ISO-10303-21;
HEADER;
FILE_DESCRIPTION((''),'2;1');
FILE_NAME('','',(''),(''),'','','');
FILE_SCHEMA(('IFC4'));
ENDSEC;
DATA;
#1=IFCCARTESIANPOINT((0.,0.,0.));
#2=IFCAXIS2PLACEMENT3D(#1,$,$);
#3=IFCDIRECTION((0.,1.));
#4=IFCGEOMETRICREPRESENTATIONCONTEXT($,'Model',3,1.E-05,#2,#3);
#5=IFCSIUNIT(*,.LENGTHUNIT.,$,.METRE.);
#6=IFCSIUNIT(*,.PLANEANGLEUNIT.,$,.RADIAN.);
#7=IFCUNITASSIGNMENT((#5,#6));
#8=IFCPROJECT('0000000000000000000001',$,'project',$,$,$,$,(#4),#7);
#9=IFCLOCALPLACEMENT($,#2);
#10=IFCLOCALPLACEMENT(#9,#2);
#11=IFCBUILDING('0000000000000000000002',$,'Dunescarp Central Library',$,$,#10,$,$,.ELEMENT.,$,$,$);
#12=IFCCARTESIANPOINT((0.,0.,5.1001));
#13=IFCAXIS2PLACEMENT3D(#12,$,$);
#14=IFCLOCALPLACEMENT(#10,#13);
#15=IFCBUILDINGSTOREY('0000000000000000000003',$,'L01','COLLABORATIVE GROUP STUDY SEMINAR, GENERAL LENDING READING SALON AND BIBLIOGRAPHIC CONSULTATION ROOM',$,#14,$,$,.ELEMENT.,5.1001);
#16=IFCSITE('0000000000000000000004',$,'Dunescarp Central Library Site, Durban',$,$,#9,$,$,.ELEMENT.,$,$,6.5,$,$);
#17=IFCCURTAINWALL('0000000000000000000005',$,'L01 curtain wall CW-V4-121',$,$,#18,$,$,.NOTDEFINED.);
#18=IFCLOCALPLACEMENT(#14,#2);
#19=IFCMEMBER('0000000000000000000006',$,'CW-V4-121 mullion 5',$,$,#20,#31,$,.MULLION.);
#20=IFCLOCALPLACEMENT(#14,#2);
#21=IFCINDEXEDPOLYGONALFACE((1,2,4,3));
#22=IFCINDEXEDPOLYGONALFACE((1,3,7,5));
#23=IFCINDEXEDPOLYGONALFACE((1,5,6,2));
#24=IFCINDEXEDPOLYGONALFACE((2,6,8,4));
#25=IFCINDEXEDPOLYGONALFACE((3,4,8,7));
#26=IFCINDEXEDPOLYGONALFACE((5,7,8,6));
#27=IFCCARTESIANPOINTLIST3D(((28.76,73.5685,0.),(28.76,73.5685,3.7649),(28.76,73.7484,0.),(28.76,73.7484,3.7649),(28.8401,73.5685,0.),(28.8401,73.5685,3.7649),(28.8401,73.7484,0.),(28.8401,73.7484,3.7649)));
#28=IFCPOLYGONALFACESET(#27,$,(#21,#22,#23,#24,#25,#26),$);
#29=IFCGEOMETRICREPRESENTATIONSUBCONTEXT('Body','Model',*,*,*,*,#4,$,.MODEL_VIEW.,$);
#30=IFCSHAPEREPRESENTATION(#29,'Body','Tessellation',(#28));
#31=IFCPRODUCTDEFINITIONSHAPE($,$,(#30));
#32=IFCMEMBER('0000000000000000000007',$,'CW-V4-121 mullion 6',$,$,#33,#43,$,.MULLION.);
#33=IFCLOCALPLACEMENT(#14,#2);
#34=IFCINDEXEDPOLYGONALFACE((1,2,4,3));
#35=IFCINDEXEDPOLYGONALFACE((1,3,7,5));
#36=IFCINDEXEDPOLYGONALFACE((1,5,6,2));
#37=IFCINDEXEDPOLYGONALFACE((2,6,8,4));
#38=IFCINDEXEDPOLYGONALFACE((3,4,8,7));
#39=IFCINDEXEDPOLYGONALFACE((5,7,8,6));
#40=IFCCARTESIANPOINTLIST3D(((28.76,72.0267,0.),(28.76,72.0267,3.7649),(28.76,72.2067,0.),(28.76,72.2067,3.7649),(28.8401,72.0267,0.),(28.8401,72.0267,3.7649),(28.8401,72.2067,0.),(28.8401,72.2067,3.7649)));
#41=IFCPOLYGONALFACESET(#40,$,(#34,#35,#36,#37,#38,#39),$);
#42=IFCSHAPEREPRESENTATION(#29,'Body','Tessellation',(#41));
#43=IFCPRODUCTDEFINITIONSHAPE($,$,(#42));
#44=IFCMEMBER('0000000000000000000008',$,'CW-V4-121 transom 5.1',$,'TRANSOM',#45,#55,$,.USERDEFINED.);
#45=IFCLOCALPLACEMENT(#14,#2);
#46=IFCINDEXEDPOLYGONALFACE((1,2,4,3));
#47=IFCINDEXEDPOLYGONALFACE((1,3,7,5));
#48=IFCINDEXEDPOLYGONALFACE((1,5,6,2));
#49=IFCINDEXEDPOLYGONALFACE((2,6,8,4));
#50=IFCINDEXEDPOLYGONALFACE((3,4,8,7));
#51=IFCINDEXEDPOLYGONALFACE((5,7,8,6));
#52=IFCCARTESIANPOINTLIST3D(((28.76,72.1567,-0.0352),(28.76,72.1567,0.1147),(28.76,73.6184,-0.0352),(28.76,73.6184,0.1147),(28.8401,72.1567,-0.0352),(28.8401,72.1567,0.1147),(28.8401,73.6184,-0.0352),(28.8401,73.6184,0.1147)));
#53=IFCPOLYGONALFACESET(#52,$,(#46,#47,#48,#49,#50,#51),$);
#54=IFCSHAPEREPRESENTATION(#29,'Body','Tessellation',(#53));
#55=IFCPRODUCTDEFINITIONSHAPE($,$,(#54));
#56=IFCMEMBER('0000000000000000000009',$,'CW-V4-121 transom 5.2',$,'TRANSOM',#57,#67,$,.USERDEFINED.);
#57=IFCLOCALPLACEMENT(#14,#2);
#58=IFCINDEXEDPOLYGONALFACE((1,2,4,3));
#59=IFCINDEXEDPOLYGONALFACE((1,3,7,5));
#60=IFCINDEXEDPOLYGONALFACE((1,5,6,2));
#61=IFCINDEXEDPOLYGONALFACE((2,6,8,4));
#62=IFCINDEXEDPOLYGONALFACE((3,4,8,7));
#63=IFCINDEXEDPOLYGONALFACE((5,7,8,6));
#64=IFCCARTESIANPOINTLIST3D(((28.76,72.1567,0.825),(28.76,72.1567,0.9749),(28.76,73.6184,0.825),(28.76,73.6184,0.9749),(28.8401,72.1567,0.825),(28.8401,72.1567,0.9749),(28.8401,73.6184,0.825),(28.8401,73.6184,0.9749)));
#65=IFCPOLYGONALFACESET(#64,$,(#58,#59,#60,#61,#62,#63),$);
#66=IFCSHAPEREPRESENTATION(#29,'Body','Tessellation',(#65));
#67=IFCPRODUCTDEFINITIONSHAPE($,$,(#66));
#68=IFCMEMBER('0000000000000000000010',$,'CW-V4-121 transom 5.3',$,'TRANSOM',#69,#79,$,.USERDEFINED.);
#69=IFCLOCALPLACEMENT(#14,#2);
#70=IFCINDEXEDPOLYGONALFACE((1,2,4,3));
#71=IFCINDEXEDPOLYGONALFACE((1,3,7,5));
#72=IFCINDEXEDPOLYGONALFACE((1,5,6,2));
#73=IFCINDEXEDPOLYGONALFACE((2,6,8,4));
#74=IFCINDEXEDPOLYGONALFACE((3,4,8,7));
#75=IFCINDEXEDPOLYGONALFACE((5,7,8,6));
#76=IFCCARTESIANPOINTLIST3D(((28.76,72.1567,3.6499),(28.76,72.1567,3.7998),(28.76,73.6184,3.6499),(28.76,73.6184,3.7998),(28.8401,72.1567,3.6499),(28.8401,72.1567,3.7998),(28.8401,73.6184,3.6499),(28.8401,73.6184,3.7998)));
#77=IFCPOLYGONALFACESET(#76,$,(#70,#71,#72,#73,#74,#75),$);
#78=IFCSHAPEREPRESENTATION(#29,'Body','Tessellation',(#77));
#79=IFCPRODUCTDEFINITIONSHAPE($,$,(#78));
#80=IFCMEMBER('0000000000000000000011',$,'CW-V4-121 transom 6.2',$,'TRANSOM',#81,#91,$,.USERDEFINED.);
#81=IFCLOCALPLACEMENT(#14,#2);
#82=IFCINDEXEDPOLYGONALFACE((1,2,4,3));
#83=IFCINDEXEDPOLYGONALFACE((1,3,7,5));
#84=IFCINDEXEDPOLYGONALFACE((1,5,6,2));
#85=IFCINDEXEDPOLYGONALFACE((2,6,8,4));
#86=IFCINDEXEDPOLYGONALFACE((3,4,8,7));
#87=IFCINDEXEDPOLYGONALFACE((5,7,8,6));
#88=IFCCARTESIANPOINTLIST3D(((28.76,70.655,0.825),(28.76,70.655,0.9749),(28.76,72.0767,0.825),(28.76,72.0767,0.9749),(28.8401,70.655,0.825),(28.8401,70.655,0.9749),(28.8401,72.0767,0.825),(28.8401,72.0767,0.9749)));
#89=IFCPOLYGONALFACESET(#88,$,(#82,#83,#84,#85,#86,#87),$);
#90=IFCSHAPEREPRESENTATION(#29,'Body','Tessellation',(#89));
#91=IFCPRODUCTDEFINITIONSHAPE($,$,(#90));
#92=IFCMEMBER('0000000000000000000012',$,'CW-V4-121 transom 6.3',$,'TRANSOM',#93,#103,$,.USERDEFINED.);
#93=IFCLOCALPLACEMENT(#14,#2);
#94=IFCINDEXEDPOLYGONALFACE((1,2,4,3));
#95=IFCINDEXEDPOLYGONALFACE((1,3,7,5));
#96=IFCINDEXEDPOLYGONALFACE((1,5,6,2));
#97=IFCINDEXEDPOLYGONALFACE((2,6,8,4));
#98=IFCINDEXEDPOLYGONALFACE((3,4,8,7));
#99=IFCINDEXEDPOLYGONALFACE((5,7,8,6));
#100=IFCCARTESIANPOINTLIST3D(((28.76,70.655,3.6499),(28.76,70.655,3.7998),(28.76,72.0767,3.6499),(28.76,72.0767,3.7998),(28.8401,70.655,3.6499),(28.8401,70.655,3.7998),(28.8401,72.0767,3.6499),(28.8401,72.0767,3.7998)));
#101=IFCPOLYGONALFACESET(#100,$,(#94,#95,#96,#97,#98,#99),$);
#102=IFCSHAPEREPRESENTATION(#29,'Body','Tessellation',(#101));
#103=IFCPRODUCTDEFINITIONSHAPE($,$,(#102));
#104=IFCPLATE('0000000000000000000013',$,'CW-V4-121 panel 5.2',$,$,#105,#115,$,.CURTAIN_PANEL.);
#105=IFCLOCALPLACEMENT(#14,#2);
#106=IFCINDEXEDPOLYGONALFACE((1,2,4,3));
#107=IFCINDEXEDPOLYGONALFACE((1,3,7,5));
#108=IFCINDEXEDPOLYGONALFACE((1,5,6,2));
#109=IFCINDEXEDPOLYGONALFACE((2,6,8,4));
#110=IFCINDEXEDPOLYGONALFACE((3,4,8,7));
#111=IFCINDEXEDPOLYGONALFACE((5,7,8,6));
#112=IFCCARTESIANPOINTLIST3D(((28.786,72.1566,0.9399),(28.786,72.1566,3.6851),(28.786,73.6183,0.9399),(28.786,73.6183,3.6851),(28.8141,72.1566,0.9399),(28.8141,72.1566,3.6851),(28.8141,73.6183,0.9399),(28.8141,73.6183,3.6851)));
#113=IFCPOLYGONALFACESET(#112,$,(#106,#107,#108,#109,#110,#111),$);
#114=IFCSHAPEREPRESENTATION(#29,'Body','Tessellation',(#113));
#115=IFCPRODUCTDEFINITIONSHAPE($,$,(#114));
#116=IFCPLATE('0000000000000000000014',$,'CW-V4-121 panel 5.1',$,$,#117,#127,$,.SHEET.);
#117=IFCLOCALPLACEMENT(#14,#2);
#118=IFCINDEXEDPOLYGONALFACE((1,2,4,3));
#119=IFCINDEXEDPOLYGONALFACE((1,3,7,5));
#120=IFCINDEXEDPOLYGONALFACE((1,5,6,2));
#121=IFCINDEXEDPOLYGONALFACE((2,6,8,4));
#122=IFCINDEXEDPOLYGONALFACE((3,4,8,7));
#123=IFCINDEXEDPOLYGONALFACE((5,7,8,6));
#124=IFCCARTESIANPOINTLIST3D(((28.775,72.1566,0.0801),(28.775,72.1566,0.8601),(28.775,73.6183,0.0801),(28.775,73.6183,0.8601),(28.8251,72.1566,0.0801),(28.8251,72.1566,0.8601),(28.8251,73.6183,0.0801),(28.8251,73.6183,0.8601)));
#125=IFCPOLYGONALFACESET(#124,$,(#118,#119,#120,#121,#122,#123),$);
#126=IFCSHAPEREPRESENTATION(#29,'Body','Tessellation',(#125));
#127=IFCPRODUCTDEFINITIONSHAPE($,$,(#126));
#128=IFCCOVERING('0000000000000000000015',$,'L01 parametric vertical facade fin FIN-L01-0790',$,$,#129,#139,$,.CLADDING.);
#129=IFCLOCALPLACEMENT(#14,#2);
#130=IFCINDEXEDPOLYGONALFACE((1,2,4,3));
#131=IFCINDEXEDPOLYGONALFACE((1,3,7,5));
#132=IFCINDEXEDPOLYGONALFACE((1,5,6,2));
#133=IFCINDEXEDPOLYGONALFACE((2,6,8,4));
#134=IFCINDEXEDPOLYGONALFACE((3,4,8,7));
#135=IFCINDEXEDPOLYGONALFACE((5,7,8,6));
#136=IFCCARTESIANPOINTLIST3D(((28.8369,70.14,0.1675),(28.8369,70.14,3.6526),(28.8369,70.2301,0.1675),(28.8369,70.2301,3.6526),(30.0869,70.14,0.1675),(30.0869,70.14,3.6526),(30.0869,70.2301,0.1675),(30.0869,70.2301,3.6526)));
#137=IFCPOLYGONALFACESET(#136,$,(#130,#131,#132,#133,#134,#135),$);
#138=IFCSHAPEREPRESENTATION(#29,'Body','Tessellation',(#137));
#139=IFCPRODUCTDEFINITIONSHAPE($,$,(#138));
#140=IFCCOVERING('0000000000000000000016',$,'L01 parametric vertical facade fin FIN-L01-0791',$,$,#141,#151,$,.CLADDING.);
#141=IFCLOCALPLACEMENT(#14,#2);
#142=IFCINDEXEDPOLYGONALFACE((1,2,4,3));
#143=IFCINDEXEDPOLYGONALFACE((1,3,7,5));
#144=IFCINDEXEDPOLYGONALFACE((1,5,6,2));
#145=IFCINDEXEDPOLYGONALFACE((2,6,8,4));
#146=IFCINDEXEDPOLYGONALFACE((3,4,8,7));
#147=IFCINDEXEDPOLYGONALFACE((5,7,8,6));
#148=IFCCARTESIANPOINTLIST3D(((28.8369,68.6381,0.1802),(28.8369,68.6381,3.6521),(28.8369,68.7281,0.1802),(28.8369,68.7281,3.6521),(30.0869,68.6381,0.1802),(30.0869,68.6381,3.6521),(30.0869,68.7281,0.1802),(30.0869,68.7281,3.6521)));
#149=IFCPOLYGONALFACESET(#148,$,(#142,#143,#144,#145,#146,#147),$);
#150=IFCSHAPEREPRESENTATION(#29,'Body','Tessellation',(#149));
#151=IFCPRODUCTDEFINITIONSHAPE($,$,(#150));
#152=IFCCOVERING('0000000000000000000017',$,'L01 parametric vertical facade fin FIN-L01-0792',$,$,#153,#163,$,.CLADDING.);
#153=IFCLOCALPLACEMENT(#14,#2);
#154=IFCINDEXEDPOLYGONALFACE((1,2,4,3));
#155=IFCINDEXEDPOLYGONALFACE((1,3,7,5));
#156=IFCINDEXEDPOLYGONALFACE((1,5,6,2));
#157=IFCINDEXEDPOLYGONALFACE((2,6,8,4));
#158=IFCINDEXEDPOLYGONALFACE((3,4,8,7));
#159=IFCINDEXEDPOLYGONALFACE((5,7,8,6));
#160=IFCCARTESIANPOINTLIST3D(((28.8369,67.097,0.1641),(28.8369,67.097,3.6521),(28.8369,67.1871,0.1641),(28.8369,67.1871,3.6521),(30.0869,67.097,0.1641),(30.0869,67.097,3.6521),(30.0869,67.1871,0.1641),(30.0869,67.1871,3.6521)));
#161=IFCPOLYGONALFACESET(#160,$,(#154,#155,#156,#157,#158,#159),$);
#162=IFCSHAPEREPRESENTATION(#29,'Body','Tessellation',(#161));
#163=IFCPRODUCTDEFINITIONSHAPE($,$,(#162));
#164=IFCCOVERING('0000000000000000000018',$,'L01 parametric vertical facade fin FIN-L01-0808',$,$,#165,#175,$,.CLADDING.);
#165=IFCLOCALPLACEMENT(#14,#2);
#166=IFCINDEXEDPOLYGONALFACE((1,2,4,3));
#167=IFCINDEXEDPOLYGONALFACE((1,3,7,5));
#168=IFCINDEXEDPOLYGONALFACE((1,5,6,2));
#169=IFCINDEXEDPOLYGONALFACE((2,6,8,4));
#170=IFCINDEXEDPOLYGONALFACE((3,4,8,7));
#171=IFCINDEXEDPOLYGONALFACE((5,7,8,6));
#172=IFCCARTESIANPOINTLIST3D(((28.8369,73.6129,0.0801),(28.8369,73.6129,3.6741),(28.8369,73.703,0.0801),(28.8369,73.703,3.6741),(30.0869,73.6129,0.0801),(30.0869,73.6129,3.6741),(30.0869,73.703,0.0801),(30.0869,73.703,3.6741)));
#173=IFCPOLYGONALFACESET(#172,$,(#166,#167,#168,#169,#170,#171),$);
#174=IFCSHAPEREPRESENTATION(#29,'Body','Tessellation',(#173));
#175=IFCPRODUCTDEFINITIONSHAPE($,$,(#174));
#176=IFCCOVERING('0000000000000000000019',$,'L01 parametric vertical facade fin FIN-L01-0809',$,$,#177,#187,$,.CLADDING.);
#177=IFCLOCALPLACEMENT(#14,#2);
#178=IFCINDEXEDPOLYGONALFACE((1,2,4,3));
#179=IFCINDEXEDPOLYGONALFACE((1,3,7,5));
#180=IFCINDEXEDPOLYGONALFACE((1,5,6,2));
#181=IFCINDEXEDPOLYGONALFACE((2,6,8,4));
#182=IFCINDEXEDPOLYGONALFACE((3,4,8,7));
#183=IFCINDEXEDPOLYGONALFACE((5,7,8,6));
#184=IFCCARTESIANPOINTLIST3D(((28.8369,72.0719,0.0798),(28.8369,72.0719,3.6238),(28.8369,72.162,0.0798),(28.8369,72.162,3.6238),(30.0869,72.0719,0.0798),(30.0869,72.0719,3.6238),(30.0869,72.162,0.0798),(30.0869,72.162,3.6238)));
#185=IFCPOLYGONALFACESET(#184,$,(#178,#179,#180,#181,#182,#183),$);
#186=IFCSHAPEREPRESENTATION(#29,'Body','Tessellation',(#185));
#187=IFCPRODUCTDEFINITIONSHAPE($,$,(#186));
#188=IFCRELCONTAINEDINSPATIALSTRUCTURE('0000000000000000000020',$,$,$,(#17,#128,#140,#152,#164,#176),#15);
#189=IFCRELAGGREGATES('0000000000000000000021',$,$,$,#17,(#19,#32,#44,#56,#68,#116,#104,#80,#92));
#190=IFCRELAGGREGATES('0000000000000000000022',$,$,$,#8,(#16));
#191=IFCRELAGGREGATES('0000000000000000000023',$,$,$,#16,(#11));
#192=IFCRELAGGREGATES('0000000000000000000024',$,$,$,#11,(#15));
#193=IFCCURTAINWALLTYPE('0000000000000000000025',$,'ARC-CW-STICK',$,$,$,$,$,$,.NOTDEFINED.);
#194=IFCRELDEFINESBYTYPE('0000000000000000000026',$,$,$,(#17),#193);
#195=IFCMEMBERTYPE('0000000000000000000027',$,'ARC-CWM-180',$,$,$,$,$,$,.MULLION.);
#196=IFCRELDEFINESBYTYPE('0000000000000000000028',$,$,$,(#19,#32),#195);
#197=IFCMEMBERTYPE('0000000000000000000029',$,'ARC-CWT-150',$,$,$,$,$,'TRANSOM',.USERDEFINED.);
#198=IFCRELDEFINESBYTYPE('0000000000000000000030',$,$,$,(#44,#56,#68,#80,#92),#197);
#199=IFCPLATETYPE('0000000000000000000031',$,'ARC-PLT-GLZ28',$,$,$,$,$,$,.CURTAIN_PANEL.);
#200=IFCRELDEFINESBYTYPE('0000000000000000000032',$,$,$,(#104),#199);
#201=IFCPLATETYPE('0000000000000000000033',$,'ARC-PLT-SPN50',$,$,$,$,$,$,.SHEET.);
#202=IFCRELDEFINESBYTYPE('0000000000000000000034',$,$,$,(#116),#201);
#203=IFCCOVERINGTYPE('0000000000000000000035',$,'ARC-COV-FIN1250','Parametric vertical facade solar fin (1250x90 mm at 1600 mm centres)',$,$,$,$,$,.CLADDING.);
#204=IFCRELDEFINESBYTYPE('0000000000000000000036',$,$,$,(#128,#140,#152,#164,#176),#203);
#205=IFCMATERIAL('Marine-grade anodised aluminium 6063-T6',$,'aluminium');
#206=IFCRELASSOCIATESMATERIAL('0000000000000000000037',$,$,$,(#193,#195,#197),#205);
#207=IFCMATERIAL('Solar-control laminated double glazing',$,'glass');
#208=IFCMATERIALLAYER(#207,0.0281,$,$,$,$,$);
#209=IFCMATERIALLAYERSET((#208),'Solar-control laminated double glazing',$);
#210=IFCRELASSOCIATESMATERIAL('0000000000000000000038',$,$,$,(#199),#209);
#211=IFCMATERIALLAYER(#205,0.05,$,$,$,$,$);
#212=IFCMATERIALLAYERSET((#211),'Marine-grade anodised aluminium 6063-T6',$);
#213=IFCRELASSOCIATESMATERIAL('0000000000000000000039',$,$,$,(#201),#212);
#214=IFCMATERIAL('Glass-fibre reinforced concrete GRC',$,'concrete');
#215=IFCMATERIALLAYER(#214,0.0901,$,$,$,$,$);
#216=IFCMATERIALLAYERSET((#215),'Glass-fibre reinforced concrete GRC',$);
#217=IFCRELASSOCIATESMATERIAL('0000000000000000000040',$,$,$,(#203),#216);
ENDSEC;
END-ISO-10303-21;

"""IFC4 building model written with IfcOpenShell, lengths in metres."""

from ifc_helpers import new_model, si_unit, direction, frame, origin, origin_2d, place, context, subcontext, project, spatial, rectangle, extrude, material, layer, layer_set, material_profile, profile_set, type_object, element, aggregate, save


model = new_model("IFC4")

# Units and contexts
model_context = context("Model", 3, precision=1e-05, world=origin(), true_north=direction((0.0, 1.0)))
body_context = subcontext(model_context, "Body", "Model", "MODEL_VIEW")
ifc_project = project(units=[si_unit("LENGTHUNIT", "METRE"), si_unit("PLANEANGLEUNIT", "RADIAN")], contexts=[model_context])

# Site, building, storey
site_placement = place(None, origin())
site = spatial("IfcSite", under=ifc_project, at=site_placement, Name="Dunescarp Central Library Site, Durban", CompositionType="ELEMENT", RefElevation=6.5)
building_placement = place(site_placement, origin())
building = spatial("IfcBuilding", under=site, at=building_placement, Name="Dunescarp Central Library", CompositionType="ELEMENT")
storey_placement = place(building_placement, frame((0.0, 0.0, 5.1001)))
storey = spatial("IfcBuildingStorey", under=building, at=storey_placement, Name="L01", Description="COLLABORATIVE GROUP STUDY SEMINAR, GENERAL LENDING READING SALON AND BIBLIOGRAPHIC CONSULTATION ROOM", CompositionType="ELEMENT", Elevation=5.1001)

# Curtain wall, members, plates
ifc_material_1 = material(Name="Marine-grade anodised aluminium 6063-T6", Category="aluminium")
curtain_wall_type = type_object("IfcCurtainWallType", Name="ARC-CW-STICK", PredefinedType="NOTDEFINED", material=ifc_material_1)
curtain_wall_placement = place(storey_placement, origin())
curtain_wall = element("IfcCurtainWall", 1, at=curtain_wall_placement, inside=storey, type_object=curtain_wall_type, Name="L01 curtain wall CW-V4-121", PredefinedType="NOTDEFINED")
ifc_material_profile_1 = material_profile(ifc_material_1, rectangle(XDim=0.0801, YDim=0.1799, at=origin_2d()), Name="AL 80x180")
ifc_profile_set_1 = profile_set([ifc_material_profile_1], Name="Marine-grade anodised aluminium 6063-T6")
member_type_1 = type_object("IfcMemberType", Name="ARC-CWM-180", PredefinedType="MULLION", material=ifc_profile_set_1)
member_1_placement = place(storey_placement, frame((28.8, 73.6584, 0.0), z_axis=(0.0, 0.0, 1.0), x_axis=(1.0, 0.0, 0.0)))
member_1 = element("IfcMember", 2, at=member_1_placement, type_object=member_type_1, Name="CW-V4-121 mullion 5", PredefinedType="MULLION", context=body_context, shape_type="SweptSolid", body=[
    extrude(rectangle(XDim=0.0801, YDim=0.1799, at=origin_2d()), origin(), (0.0, 0.0, 1.0), 3.7649),
])
member_2_placement = place(storey_placement, frame((28.8, 72.1167, 0.0), z_axis=(0.0, 0.0, 1.0), x_axis=(1.0, 0.0, 0.0)))
member_2 = element("IfcMember", 3, at=member_2_placement, type_object=member_type_1, Name="CW-V4-121 mullion 6", PredefinedType="MULLION", context=body_context, shape_type="SweptSolid", body=[
    extrude(rectangle(XDim=0.0801, YDim=0.1799, at=origin_2d()), origin(), (0.0, 0.0, 1.0), 3.7649),
])
ifc_material_profile_2 = material_profile(ifc_material_1, rectangle(XDim=0.0801, YDim=0.1499, at=origin_2d()), Name="AL 80x150")
ifc_profile_set_2 = profile_set([ifc_material_profile_2], Name="Marine-grade anodised aluminium 6063-T6")
member_type_2 = type_object("IfcMemberType", Name="ARC-CWT-150", ElementType="TRANSOM", PredefinedType="USERDEFINED", material=ifc_profile_set_2)
member_3_placement = place(storey_placement, frame((28.8, 73.6184, 0.0398), z_axis=(0.0, -1.0, 0.0), x_axis=(1.0, 0.0, 0.0)))
member_3 = element("IfcMember", 4, at=member_3_placement, type_object=member_type_2, Name="CW-V4-121 transom 5.1", ObjectType="TRANSOM", PredefinedType="USERDEFINED", context=body_context, shape_type="SweptSolid", body=[
    extrude(rectangle(XDim=0.0801, YDim=0.1499, at=origin_2d()), origin(), (0.0, 0.0, 1.0), 1.4617),
])
member_4_placement = place(storey_placement, frame((28.8, 73.6184, 0.8999), z_axis=(0.0, -1.0, 0.0), x_axis=(1.0, 0.0, 0.0)))
member_4 = element("IfcMember", 5, at=member_4_placement, type_object=member_type_2, Name="CW-V4-121 transom 5.2", ObjectType="TRANSOM", PredefinedType="USERDEFINED", context=body_context, shape_type="SweptSolid", body=[
    extrude(rectangle(XDim=0.0801, YDim=0.1499, at=origin_2d()), origin(), (0.0, 0.0, 1.0), 1.4617),
])
member_5_placement = place(storey_placement, frame((28.8, 73.6184, 3.7249), z_axis=(0.0, -1.0, 0.0), x_axis=(1.0, 0.0, 0.0)))
member_5 = element("IfcMember", 6, at=member_5_placement, type_object=member_type_2, Name="CW-V4-121 transom 5.3", ObjectType="TRANSOM", PredefinedType="USERDEFINED", context=body_context, shape_type="SweptSolid", body=[
    extrude(rectangle(XDim=0.0801, YDim=0.1499, at=origin_2d()), origin(), (0.0, 0.0, 1.0), 1.4617),
])
member_6_placement = place(storey_placement, frame((28.8, 72.0767, 0.8999), z_axis=(0.0, -1.0, 0.0), x_axis=(1.0, 0.0, 0.0)))
member_6 = element("IfcMember", 7, at=member_6_placement, type_object=member_type_2, Name="CW-V4-121 transom 6.2", ObjectType="TRANSOM", PredefinedType="USERDEFINED", context=body_context, shape_type="SweptSolid", body=[
    extrude(rectangle(XDim=0.0801, YDim=0.1499, at=origin_2d()), origin(), (0.0, 0.0, 1.0), 1.4216),
])
member_7_placement = place(storey_placement, frame((28.8, 72.0767, 3.7249), z_axis=(0.0, -1.0, 0.0), x_axis=(1.0, 0.0, 0.0)))
member_7 = element("IfcMember", 8, at=member_7_placement, type_object=member_type_2, Name="CW-V4-121 transom 6.3", ObjectType="TRANSOM", PredefinedType="USERDEFINED", context=body_context, shape_type="SweptSolid", body=[
    extrude(rectangle(XDim=0.0801, YDim=0.1499, at=origin_2d()), origin(), (0.0, 0.0, 1.0), 1.4216),
])
ifc_material_2 = material(Name="Solar-control laminated double glazing", Category="glass")
ifc_layer_1 = layer(ifc_material_2, 0.0281)
ifc_layer_set_1 = layer_set([ifc_layer_1], Name="Solar-control laminated double glazing")
plate_type_1 = type_object("IfcPlateType", Name="ARC-PLT-GLZ28", PredefinedType="CURTAIN_PANEL", material=ifc_layer_set_1)
plate_1_placement = place(storey_placement, frame((28.8, 72.8875, 0.9399), z_axis=(0.0, 0.0, 1.0), x_axis=(0.0, -1.0, 0.0)))
plate_1 = element("IfcPlate", 9, at=plate_1_placement, type_object=plate_type_1, Name="CW-V4-121 panel 5.2", PredefinedType="CURTAIN_PANEL", context=body_context, shape_type="SweptSolid", body=[
    extrude(rectangle(XDim=1.4617, YDim=0.0281, at=origin_2d()), origin(), (0.0, 0.0, 1.0), 2.7451),
])
ifc_layer_2 = layer(ifc_material_1, 0.05)
ifc_layer_set_2 = layer_set([ifc_layer_2], Name="Marine-grade anodised aluminium 6063-T6")
plate_type_2 = type_object("IfcPlateType", Name="ARC-PLT-SPN50", PredefinedType="SHEET", material=ifc_layer_set_2)
plate_2_placement = place(storey_placement, frame((28.8, 72.8875, 0.0801), z_axis=(0.0, 0.0, 1.0), x_axis=(0.0, -1.0, 0.0)))
plate_2 = element("IfcPlate", 10, at=plate_2_placement, type_object=plate_type_2, Name="CW-V4-121 panel 5.1", PredefinedType="SHEET", context=body_context, shape_type="SweptSolid", body=[
    extrude(rectangle(XDim=1.4617, YDim=0.05, at=origin_2d()), origin(), (0.0, 0.0, 1.0), 0.78),
])
aggregate(curtain_wall, [member_1, member_2, member_3, member_4, member_5, plate_2, plate_1, member_6, member_7])

# Coverings
ifc_material_3 = material(Name="Glass-fibre reinforced concrete GRC", Category="concrete")
ifc_layer_3 = layer(ifc_material_3, 0.0901)
ifc_layer_set_3 = layer_set([ifc_layer_3], Name="Glass-fibre reinforced concrete GRC")
covering_type = type_object("IfcCoveringType", Name="ARC-COV-FIN1250", Description="Parametric vertical facade solar fin (1250x90 mm at 1600 mm centres)", PredefinedType="CLADDING", material=ifc_layer_set_3)
covering_1_placement = place(storey_placement, frame((29.4619, 70.1851, 0.1675), z_axis=(0.0, 0.0, 1.0), x_axis=(1.0, 0.0, 0.0)))
element("IfcCovering", 11, at=covering_1_placement, inside=storey, type_object=covering_type, Name="L01 parametric vertical facade fin FIN-L01-0790", PredefinedType="CLADDING", context=body_context, shape_type="SweptSolid", body=[
    extrude(rectangle(XDim=1.25, YDim=0.0901, at=origin_2d()), origin(), (0.0, 0.0, 1.0), 3.4851),
])
covering_2_placement = place(storey_placement, frame((29.4619, 68.6831, 0.1802), z_axis=(0.0, 0.0, 1.0), x_axis=(1.0, 0.0, 0.0)))
element("IfcCovering", 12, at=covering_2_placement, inside=storey, type_object=covering_type, Name="L01 parametric vertical facade fin FIN-L01-0791", PredefinedType="CLADDING", context=body_context, shape_type="SweptSolid", body=[
    extrude(rectangle(XDim=1.25, YDim=0.0901, at=origin_2d()), origin(), (0.0, 0.0, 1.0), 3.4719),
])
covering_3_placement = place(storey_placement, frame((29.4619, 67.1421, 0.1641), z_axis=(0.0, 0.0, 1.0), x_axis=(1.0, 0.0, 0.0)))
element("IfcCovering", 13, at=covering_3_placement, inside=storey, type_object=covering_type, Name="L01 parametric vertical facade fin FIN-L01-0792", PredefinedType="CLADDING", context=body_context, shape_type="SweptSolid", body=[
    extrude(rectangle(XDim=1.25, YDim=0.0901, at=origin_2d()), origin(), (0.0, 0.0, 1.0), 3.488),
])
covering_4_placement = place(storey_placement, frame((29.4619, 73.658, 0.0801), z_axis=(0.0, 0.0, 1.0), x_axis=(1.0, 0.0, 0.0)))
element("IfcCovering", 14, at=covering_4_placement, inside=storey, type_object=covering_type, Name="L01 parametric vertical facade fin FIN-L01-0808", PredefinedType="CLADDING", context=body_context, shape_type="SweptSolid", body=[
    extrude(rectangle(XDim=1.25, YDim=0.0901, at=origin_2d()), origin(), (0.0, 0.0, 1.0), 3.594),
])
covering_5_placement = place(storey_placement, frame((29.4619, 72.1169, 0.0798), z_axis=(0.0, 0.0, 1.0), x_axis=(1.0, 0.0, 0.0)))
element("IfcCovering", 15, at=covering_5_placement, inside=storey, type_object=covering_type, Name="L01 parametric vertical facade fin FIN-L01-0809", PredefinedType="CLADDING", context=body_context, shape_type="SweptSolid", body=[
    extrude(rectangle(XDim=1.25, YDim=0.0901, at=origin_2d()), origin(), (0.0, 0.0, 1.0), 3.5439),
])

save(model, "model.ifc")
